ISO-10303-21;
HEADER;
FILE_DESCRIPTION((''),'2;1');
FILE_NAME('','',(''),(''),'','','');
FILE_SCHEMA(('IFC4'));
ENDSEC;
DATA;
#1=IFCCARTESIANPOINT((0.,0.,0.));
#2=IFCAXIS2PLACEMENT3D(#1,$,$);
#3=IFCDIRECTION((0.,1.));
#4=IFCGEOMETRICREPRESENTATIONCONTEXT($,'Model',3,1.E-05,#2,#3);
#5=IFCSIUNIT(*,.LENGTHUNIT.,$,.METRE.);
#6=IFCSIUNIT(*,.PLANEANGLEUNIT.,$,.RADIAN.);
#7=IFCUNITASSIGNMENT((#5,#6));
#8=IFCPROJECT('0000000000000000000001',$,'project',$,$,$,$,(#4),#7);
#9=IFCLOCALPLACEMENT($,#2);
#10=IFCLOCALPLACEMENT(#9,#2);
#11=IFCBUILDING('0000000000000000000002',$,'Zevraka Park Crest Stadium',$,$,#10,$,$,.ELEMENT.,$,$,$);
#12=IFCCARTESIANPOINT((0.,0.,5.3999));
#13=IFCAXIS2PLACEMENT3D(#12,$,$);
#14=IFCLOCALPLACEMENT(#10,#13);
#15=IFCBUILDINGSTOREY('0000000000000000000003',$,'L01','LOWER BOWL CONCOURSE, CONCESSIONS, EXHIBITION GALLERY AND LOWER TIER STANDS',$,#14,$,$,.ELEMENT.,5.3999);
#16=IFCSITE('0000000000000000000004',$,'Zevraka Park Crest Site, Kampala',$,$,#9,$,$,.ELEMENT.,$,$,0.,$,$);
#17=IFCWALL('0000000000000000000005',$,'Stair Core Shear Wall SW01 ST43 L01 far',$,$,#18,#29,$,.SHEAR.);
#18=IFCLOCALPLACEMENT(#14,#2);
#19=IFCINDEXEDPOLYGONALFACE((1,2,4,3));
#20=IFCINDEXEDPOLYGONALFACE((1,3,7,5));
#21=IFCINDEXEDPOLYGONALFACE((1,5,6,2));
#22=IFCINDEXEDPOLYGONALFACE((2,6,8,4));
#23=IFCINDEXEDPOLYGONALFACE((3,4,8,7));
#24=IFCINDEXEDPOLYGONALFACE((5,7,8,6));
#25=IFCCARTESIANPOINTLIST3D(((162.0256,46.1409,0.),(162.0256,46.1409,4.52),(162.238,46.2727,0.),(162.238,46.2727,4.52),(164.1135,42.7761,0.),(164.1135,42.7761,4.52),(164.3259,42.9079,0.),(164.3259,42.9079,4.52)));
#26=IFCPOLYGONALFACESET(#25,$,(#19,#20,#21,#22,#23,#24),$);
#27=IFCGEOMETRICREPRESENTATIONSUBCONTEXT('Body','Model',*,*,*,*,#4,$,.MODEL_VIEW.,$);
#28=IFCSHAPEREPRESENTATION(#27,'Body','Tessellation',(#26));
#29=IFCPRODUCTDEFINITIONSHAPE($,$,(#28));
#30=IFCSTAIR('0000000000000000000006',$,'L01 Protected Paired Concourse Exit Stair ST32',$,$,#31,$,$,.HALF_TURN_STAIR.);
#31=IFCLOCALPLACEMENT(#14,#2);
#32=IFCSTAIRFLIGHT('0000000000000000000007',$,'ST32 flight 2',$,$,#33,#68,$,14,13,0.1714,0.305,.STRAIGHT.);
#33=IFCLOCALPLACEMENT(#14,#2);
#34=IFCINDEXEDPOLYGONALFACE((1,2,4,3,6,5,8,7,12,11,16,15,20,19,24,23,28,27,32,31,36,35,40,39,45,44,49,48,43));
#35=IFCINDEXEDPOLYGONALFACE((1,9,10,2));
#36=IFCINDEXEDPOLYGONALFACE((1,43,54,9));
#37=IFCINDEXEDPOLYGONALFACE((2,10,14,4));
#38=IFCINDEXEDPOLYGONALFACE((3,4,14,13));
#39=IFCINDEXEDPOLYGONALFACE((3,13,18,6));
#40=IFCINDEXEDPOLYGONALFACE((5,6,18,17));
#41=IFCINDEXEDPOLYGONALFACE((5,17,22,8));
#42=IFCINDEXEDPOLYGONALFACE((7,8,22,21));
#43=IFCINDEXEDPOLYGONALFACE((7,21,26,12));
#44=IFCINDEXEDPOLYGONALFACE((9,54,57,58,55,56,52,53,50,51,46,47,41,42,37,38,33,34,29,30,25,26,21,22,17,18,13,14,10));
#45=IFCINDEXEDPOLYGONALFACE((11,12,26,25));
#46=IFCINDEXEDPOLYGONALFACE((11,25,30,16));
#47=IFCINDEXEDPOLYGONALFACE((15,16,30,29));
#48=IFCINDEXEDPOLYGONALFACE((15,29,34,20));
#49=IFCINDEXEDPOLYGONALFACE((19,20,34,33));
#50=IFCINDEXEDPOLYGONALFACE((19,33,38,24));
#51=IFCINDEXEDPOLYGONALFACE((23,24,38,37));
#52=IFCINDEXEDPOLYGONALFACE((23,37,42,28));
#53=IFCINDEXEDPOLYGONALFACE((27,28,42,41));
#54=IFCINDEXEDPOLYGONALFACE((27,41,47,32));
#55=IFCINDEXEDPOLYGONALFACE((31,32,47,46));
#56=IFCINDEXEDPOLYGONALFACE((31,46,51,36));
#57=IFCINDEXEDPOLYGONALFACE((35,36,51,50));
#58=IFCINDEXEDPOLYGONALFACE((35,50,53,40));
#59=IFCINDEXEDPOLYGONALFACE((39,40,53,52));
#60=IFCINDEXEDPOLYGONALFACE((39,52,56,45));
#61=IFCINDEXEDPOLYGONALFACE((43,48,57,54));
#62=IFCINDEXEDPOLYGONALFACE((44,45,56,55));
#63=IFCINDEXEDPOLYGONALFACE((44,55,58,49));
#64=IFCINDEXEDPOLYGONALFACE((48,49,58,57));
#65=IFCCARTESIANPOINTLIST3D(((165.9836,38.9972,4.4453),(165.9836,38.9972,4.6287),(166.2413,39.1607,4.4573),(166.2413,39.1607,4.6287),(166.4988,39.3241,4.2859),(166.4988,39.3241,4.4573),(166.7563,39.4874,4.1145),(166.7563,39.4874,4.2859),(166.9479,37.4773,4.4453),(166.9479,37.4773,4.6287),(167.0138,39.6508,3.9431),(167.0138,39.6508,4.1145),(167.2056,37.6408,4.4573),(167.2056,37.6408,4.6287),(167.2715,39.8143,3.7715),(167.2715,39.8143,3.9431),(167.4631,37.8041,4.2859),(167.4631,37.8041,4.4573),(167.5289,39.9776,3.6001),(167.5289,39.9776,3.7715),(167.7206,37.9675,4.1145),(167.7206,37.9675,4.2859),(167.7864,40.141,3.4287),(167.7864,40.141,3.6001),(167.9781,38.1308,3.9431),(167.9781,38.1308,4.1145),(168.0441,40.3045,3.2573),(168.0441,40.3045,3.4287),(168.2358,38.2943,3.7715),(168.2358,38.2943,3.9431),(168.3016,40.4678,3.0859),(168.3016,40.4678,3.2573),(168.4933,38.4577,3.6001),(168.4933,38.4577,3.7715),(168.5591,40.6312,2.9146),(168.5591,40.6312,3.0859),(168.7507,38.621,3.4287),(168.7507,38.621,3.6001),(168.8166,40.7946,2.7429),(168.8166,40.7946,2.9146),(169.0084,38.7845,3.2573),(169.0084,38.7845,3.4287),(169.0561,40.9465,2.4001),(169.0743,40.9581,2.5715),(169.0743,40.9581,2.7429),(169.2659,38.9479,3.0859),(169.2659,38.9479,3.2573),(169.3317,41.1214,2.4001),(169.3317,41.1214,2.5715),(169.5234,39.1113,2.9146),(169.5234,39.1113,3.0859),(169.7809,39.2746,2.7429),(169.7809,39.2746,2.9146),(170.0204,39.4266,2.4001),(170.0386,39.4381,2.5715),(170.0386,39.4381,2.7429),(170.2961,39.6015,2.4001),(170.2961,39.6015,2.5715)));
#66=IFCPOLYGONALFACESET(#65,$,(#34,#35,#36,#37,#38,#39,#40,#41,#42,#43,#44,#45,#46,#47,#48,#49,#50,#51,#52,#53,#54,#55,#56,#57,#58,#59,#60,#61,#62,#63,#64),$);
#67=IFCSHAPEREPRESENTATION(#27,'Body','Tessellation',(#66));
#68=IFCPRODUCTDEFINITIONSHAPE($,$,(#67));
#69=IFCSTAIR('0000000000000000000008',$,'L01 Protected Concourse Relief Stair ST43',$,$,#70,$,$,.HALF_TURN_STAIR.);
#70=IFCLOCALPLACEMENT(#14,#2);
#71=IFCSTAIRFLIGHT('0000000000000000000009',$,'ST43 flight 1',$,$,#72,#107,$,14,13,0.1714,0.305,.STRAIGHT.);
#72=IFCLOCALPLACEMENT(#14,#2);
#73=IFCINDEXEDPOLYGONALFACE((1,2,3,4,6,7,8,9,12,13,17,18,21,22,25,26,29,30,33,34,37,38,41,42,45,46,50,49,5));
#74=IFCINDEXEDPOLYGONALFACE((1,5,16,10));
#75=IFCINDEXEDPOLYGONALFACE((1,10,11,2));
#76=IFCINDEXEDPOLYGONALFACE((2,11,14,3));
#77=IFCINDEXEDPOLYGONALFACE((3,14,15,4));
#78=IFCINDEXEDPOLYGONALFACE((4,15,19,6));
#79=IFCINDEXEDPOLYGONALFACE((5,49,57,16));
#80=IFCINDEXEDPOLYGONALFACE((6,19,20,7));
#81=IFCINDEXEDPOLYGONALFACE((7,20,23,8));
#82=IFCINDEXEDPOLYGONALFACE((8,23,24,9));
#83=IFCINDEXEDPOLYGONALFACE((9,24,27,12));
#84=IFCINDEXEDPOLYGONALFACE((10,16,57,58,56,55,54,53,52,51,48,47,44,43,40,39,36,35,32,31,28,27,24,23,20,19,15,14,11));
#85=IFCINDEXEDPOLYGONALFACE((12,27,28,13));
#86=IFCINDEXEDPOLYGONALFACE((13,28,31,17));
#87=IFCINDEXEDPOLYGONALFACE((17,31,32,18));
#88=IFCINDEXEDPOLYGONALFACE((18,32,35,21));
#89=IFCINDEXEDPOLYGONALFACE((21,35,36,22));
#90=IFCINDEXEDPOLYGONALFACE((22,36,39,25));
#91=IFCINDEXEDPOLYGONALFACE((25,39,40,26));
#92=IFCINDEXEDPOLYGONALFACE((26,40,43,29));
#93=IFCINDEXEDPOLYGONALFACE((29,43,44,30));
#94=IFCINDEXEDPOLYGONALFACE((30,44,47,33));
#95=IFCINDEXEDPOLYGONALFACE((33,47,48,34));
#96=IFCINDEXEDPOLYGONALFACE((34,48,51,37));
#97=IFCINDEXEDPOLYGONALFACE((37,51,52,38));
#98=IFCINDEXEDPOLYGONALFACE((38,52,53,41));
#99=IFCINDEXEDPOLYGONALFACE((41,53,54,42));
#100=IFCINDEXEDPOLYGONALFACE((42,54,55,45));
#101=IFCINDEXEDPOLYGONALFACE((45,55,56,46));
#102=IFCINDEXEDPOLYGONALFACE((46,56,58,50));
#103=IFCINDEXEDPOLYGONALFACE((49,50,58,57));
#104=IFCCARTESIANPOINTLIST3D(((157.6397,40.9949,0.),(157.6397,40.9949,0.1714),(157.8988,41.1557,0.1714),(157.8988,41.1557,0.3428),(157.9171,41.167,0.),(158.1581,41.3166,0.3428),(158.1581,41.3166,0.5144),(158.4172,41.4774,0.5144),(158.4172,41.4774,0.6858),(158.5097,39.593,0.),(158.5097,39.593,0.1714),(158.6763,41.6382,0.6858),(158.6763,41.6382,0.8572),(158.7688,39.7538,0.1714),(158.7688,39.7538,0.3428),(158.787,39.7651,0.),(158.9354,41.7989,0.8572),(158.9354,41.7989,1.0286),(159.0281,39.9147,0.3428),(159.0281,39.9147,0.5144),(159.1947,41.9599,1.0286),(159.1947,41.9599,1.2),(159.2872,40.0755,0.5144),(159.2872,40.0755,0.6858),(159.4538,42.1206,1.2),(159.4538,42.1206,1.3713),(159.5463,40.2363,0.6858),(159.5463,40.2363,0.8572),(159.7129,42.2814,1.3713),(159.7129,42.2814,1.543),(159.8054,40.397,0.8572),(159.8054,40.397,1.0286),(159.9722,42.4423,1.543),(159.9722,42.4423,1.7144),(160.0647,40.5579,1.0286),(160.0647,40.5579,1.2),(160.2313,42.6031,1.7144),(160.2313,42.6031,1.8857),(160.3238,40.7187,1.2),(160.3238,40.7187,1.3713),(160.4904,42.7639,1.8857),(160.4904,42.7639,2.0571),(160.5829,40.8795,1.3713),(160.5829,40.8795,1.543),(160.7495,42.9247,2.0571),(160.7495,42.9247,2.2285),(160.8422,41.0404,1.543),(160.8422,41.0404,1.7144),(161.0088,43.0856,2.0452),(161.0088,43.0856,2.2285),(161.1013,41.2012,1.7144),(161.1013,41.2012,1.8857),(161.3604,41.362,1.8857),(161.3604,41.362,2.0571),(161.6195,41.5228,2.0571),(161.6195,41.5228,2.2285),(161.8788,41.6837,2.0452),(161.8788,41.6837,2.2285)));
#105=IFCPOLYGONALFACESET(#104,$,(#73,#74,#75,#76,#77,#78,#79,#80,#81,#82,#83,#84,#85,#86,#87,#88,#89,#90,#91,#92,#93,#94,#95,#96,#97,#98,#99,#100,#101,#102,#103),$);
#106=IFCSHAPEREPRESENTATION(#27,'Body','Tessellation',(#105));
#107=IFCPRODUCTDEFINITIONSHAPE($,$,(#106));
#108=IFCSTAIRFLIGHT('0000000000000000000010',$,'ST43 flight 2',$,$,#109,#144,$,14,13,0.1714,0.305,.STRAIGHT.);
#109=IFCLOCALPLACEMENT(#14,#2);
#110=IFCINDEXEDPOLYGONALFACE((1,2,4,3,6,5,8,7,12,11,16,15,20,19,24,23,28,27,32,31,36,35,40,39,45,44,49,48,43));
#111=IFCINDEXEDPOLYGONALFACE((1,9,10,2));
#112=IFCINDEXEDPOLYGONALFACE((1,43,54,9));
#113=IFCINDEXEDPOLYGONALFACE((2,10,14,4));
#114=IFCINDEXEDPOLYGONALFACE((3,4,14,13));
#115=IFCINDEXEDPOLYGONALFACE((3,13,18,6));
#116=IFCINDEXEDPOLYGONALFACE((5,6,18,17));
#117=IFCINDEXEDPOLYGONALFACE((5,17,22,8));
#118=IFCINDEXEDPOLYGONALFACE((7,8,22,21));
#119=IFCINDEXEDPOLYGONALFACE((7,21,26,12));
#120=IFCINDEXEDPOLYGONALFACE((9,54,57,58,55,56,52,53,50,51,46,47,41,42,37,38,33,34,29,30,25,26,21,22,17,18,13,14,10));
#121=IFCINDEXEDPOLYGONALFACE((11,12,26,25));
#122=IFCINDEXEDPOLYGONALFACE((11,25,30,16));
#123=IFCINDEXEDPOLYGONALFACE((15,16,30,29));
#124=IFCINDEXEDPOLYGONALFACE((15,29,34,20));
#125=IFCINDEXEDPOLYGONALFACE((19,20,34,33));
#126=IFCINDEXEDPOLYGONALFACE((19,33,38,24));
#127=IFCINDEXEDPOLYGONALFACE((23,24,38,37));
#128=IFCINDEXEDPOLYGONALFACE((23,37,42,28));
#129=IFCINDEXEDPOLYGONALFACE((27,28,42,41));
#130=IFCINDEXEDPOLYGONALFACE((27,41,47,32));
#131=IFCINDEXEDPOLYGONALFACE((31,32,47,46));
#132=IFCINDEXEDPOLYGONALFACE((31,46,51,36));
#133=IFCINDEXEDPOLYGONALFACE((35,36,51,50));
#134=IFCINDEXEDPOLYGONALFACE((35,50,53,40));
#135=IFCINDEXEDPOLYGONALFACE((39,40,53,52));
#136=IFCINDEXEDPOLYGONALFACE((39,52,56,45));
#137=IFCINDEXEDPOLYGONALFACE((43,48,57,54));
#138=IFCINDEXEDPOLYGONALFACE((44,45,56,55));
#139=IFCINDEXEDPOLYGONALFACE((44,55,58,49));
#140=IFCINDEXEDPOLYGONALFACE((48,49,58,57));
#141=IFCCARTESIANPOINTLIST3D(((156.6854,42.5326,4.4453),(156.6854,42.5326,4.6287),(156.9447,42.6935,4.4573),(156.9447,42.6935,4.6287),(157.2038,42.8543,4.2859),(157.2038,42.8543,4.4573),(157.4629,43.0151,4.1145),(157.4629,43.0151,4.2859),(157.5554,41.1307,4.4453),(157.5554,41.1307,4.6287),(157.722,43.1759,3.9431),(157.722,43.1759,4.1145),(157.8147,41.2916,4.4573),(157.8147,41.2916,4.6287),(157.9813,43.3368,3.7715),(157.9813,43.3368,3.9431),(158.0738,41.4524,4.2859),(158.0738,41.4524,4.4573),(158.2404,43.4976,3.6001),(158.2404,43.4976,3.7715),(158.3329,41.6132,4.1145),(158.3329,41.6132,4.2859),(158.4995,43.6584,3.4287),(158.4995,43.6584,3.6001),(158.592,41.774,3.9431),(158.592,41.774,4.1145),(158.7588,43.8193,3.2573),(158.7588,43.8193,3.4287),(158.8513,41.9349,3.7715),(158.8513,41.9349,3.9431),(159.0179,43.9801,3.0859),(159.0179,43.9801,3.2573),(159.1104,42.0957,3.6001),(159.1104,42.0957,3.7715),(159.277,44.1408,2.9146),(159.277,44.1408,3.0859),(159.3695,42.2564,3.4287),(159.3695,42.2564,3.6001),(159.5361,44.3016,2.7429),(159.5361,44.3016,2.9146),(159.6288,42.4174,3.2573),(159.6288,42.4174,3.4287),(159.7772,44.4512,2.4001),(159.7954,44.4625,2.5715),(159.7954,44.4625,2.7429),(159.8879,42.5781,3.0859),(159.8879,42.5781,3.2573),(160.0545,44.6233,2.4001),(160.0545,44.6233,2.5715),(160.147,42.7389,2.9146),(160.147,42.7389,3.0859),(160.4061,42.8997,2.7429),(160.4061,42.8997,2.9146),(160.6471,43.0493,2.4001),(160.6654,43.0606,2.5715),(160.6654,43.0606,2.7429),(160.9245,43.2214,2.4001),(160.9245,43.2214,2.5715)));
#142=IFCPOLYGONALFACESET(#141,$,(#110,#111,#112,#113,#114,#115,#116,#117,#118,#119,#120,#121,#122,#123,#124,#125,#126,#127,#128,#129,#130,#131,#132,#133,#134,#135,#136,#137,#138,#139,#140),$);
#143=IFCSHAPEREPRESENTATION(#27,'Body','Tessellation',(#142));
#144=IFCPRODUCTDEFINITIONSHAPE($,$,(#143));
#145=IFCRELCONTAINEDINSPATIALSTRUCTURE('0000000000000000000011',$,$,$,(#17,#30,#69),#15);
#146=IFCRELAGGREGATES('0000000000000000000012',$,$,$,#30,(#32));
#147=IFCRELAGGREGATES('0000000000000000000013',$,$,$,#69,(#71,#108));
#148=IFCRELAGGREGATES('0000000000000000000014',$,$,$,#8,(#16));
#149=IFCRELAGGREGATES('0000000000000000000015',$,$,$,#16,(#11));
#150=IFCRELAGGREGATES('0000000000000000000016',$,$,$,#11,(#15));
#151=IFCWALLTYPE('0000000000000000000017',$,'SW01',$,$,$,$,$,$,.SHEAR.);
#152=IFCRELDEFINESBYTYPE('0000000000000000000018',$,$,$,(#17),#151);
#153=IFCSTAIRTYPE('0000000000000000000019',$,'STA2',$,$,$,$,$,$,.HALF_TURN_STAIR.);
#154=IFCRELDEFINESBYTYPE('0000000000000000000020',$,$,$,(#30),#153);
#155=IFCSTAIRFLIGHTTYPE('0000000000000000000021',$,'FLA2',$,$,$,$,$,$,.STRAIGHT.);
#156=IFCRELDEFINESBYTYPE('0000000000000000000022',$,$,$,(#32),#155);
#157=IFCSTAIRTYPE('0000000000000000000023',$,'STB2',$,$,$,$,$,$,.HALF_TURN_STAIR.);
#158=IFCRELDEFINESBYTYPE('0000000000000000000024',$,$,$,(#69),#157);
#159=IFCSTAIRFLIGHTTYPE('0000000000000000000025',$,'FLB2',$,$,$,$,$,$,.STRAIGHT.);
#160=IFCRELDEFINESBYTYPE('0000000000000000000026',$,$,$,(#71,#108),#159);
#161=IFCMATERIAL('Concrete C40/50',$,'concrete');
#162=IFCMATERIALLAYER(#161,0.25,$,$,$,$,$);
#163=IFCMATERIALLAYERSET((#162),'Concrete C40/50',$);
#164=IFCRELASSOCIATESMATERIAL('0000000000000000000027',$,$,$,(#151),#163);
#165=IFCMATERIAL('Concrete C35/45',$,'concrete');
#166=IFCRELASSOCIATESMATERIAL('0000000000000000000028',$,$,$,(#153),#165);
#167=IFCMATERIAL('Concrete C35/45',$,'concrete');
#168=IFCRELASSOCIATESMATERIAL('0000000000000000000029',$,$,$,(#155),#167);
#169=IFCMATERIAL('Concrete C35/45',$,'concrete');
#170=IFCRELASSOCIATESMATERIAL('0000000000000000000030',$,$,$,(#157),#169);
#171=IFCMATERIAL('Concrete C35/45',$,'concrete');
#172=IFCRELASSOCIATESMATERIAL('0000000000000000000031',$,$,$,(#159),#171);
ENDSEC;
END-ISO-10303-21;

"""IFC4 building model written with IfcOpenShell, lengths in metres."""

from ifc_helpers import new_model, si_unit, direction, frame, frame_2d, origin, place, context, subcontext, project, spatial, polyline, rectangle, outline, extrude, material, layer, layer_set, type_object, element, aggregate, save


model = new_model("IFC4")

# Units and contexts
model_context = context("Model", 3, precision=1e-05, world=origin(), true_north=direction((0.0, 1.0)))
body_context = subcontext(model_context, "Body", "Model", "MODEL_VIEW")
ifc_project = project(units=[si_unit("LENGTHUNIT", "METRE"), si_unit("PLANEANGLEUNIT", "RADIAN")], contexts=[model_context])

# Site, building, storey
site_placement = place(None, origin())
site = spatial("IfcSite", under=ifc_project, at=site_placement, Name="Zevraka Park Crest Site, Kampala", CompositionType="ELEMENT", RefElevation=0.0)
building_placement = place(site_placement, origin())
building = spatial("IfcBuilding", under=site, at=building_placement, Name="Zevraka Park Crest Stadium", CompositionType="ELEMENT")
storey_placement = place(building_placement, frame((0.0, 0.0, 5.3999)))
storey = spatial("IfcBuildingStorey", under=building, at=storey_placement, Name="L01", Description="LOWER BOWL CONCOURSE, CONCESSIONS, EXHIBITION GALLERY AND LOWER TIER STANDS", CompositionType="ELEMENT", Elevation=5.3999)

# Shared definitions
ifc_material_1 = material(Name="Concrete C40/50", Category="concrete")
ifc_layer_1 = layer(ifc_material_1, 0.25)
ifc_layer_set_1 = layer_set([ifc_layer_1], Name="Concrete C40/50")
wall_type_1 = type_object("IfcWallType", Name="SW01", PredefinedType="SHEAR", material=ifc_layer_set_1)

# Wall
wall_1_placement = place(storey_placement, frame((164.2197, 42.842, 0.0), z_axis=(0.0, 0.0, 1.0), x_axis=(-0.527258, 0.849705, 0.0)))
element("IfcWall", 1, at=wall_1_placement, inside=storey, type_object=wall_type_1, Name="Stair Core Shear Wall SW01 ST43 L01 far", PredefinedType="SHEAR", context=body_context, shape_type="SweptSolid", body=[
    extrude(rectangle(XDim=3.96, YDim=0.25, at=frame_2d((1.98, 0.0))), origin(), (0.0, 0.0, 1.0), 4.52),
])

# Stair, stair flight
ifc_material_2 = material(Name="Concrete C35/45", Category="concrete")
stair_type_1 = type_object("IfcStairType", Name="STA2", PredefinedType="HALF_TURN_STAIR", material=ifc_material_2)
stair_1_placement = place(storey_placement, origin())
stair_1 = element("IfcStair", 2, at=stair_1_placement, inside=storey, type_object=stair_type_1, Name="L01 Protected Paired Concourse Exit Stair ST32", PredefinedType="HALF_TURN_STAIR")
ifc_material_3 = material(Name="Concrete C35/45", Category="concrete")
stair_flight_type_1 = type_object("IfcStairFlightType", Name="FLA2", PredefinedType="STRAIGHT", material=ifc_material_3)
stair_flight_1_placement = place(storey_placement, frame((169.814, 40.3613, 2.4001), z_axis=(0.0, 0.0, 1.0), x_axis=(-0.844397, -0.535718, 0.0)))
stair_flight_1 = element("IfcStairFlight", 3, at=stair_flight_1_placement, type_object=stair_flight_type_1, Name="ST32 flight 2", NumberOfRisers=14, NumberOfTreads=13, PredefinedType="STRAIGHT", RiserHeight=0.1714, TreadLength=0.305, context=body_context, shape_type="SweptSolid", body=[
    extrude(outline(polyline([(0.0, 0.0), (0.0, 0.1714), (0.3049, 0.1714), (0.3049, 0.3428), (0.6101, 0.3428), (0.6101, 0.5144), (0.915, 0.5144), (0.915, 0.6858), (1.22, 0.6858), (1.22, 0.8572), (1.5249, 0.8572), (1.5249, 1.0286), (1.8301, 1.0286), (1.8301, 1.2), (2.135, 1.2), (2.135, 1.3713), (2.4399, 1.3713), (2.4399, 1.543), (2.7451, 1.543), (2.7451, 1.7144), (3.05, 1.7144), (3.05, 1.8857), (3.355, 1.8857), (3.355, 2.0571), (3.6599, 2.0571), (3.6599, 2.2285), (3.9651, 2.2285), (3.9651, 2.3999), (3.9651, 2.0452), (0.3264, 0.0), (0.0, 0.0)])), frame((0.0, 0.8999, 0.0), z_axis=(0.0, -1.0, 0.0), x_axis=(1.0, 0.0, 0.0)), (0.0, 0.0, 1.0), 1.8),
])
aggregate(stair_1, [stair_flight_1])

# Stair, stair flights
ifc_material_4 = material(Name="Concrete C35/45", Category="concrete")
stair_type_2 = type_object("IfcStairType", Name="STB2", PredefinedType="HALF_TURN_STAIR", material=ifc_material_4)
stair_2_placement = place(storey_placement, origin())
stair_2 = element("IfcStair", 4, at=stair_2_placement, inside=storey, type_object=stair_type_2, Name="L01 Protected Concourse Relief Stair ST43", PredefinedType="HALF_TURN_STAIR")
ifc_material_5 = material(Name="Concrete C35/45", Category="concrete")
stair_flight_type_2 = type_object("IfcStairFlightType", Name="FLB2", PredefinedType="STRAIGHT", material=ifc_material_5)
stair_flight_2_placement = place(storey_placement, frame((158.0747, 40.2939, 0.0), z_axis=(0.0, 0.0, 1.0), x_axis=(0.849693, 0.527278, 0.0)))
stair_flight_2 = element("IfcStairFlight", 5, at=stair_flight_2_placement, type_object=stair_flight_type_2, Name="ST43 flight 1", NumberOfRisers=14, NumberOfTreads=13, PredefinedType="STRAIGHT", RiserHeight=0.1714, TreadLength=0.305, context=body_context, shape_type="SweptSolid", body=[
    extrude(outline(polyline([(0.0, 0.0), (0.0, 0.1714), (0.3049, 0.1714), (0.3049, 0.3428), (0.6101, 0.3428), (0.6101, 0.5144), (0.915, 0.5144), (0.915, 0.6858), (1.22, 0.6858), (1.22, 0.8572), (1.5249, 0.8572), (1.5249, 1.0286), (1.8301, 1.0286), (1.8301, 1.2), (2.135, 1.2), (2.135, 1.3713), (2.4399, 1.3713), (2.4399, 1.543), (2.7451, 1.543), (2.7451, 1.7144), (3.05, 1.7144), (3.05, 1.8857), (3.355, 1.8857), (3.355, 2.0571), (3.6599, 2.0571), (3.6599, 2.2285), (3.9651, 2.2285), (3.9651, 2.3999), (3.9651, 2.0452), (0.3264, 0.0), (0.0, 0.0)])), frame((0.0, 0.825, 0.0), z_axis=(0.0, -1.0, 0.0), x_axis=(1.0, 0.0, 0.0)), (0.0, 0.0, 1.0), 1.6499),
])
stair_flight_3_placement = place(storey_placement, frame((160.4895, 43.9224, 2.4001), z_axis=(0.0, 0.0, 1.0), x_axis=(-0.849693, -0.527278, 0.0)))
stair_flight_3 = element("IfcStairFlight", 6, at=stair_flight_3_placement, type_object=stair_flight_type_2, Name="ST43 flight 2", NumberOfRisers=14, NumberOfTreads=13, PredefinedType="STRAIGHT", RiserHeight=0.1714, TreadLength=0.305, context=body_context, shape_type="SweptSolid", body=[
    extrude(outline(polyline([(0.0, 0.0), (0.0, 0.1714), (0.3049, 0.1714), (0.3049, 0.3428), (0.6101, 0.3428), (0.6101, 0.5144), (0.915, 0.5144), (0.915, 0.6858), (1.22, 0.6858), (1.22, 0.8572), (1.5249, 0.8572), (1.5249, 1.0286), (1.8301, 1.0286), (1.8301, 1.2), (2.135, 1.2), (2.135, 1.3713), (2.4399, 1.3713), (2.4399, 1.543), (2.7451, 1.543), (2.7451, 1.7144), (3.05, 1.7144), (3.05, 1.8857), (3.355, 1.8857), (3.355, 2.0571), (3.6599, 2.0571), (3.6599, 2.2285), (3.9651, 2.2285), (3.9651, 2.3999), (3.9651, 2.0452), (0.3264, 0.0), (0.0, 0.0)])), frame((0.0, 0.825, 0.0), z_axis=(0.0, -1.0, 0.0), x_axis=(1.0, 0.0, 0.0)), (0.0, 0.0, 1.0), 1.6499),
])
aggregate(stair_2, [stair_flight_2, stair_flight_3])

save(model, "model.ifc")
